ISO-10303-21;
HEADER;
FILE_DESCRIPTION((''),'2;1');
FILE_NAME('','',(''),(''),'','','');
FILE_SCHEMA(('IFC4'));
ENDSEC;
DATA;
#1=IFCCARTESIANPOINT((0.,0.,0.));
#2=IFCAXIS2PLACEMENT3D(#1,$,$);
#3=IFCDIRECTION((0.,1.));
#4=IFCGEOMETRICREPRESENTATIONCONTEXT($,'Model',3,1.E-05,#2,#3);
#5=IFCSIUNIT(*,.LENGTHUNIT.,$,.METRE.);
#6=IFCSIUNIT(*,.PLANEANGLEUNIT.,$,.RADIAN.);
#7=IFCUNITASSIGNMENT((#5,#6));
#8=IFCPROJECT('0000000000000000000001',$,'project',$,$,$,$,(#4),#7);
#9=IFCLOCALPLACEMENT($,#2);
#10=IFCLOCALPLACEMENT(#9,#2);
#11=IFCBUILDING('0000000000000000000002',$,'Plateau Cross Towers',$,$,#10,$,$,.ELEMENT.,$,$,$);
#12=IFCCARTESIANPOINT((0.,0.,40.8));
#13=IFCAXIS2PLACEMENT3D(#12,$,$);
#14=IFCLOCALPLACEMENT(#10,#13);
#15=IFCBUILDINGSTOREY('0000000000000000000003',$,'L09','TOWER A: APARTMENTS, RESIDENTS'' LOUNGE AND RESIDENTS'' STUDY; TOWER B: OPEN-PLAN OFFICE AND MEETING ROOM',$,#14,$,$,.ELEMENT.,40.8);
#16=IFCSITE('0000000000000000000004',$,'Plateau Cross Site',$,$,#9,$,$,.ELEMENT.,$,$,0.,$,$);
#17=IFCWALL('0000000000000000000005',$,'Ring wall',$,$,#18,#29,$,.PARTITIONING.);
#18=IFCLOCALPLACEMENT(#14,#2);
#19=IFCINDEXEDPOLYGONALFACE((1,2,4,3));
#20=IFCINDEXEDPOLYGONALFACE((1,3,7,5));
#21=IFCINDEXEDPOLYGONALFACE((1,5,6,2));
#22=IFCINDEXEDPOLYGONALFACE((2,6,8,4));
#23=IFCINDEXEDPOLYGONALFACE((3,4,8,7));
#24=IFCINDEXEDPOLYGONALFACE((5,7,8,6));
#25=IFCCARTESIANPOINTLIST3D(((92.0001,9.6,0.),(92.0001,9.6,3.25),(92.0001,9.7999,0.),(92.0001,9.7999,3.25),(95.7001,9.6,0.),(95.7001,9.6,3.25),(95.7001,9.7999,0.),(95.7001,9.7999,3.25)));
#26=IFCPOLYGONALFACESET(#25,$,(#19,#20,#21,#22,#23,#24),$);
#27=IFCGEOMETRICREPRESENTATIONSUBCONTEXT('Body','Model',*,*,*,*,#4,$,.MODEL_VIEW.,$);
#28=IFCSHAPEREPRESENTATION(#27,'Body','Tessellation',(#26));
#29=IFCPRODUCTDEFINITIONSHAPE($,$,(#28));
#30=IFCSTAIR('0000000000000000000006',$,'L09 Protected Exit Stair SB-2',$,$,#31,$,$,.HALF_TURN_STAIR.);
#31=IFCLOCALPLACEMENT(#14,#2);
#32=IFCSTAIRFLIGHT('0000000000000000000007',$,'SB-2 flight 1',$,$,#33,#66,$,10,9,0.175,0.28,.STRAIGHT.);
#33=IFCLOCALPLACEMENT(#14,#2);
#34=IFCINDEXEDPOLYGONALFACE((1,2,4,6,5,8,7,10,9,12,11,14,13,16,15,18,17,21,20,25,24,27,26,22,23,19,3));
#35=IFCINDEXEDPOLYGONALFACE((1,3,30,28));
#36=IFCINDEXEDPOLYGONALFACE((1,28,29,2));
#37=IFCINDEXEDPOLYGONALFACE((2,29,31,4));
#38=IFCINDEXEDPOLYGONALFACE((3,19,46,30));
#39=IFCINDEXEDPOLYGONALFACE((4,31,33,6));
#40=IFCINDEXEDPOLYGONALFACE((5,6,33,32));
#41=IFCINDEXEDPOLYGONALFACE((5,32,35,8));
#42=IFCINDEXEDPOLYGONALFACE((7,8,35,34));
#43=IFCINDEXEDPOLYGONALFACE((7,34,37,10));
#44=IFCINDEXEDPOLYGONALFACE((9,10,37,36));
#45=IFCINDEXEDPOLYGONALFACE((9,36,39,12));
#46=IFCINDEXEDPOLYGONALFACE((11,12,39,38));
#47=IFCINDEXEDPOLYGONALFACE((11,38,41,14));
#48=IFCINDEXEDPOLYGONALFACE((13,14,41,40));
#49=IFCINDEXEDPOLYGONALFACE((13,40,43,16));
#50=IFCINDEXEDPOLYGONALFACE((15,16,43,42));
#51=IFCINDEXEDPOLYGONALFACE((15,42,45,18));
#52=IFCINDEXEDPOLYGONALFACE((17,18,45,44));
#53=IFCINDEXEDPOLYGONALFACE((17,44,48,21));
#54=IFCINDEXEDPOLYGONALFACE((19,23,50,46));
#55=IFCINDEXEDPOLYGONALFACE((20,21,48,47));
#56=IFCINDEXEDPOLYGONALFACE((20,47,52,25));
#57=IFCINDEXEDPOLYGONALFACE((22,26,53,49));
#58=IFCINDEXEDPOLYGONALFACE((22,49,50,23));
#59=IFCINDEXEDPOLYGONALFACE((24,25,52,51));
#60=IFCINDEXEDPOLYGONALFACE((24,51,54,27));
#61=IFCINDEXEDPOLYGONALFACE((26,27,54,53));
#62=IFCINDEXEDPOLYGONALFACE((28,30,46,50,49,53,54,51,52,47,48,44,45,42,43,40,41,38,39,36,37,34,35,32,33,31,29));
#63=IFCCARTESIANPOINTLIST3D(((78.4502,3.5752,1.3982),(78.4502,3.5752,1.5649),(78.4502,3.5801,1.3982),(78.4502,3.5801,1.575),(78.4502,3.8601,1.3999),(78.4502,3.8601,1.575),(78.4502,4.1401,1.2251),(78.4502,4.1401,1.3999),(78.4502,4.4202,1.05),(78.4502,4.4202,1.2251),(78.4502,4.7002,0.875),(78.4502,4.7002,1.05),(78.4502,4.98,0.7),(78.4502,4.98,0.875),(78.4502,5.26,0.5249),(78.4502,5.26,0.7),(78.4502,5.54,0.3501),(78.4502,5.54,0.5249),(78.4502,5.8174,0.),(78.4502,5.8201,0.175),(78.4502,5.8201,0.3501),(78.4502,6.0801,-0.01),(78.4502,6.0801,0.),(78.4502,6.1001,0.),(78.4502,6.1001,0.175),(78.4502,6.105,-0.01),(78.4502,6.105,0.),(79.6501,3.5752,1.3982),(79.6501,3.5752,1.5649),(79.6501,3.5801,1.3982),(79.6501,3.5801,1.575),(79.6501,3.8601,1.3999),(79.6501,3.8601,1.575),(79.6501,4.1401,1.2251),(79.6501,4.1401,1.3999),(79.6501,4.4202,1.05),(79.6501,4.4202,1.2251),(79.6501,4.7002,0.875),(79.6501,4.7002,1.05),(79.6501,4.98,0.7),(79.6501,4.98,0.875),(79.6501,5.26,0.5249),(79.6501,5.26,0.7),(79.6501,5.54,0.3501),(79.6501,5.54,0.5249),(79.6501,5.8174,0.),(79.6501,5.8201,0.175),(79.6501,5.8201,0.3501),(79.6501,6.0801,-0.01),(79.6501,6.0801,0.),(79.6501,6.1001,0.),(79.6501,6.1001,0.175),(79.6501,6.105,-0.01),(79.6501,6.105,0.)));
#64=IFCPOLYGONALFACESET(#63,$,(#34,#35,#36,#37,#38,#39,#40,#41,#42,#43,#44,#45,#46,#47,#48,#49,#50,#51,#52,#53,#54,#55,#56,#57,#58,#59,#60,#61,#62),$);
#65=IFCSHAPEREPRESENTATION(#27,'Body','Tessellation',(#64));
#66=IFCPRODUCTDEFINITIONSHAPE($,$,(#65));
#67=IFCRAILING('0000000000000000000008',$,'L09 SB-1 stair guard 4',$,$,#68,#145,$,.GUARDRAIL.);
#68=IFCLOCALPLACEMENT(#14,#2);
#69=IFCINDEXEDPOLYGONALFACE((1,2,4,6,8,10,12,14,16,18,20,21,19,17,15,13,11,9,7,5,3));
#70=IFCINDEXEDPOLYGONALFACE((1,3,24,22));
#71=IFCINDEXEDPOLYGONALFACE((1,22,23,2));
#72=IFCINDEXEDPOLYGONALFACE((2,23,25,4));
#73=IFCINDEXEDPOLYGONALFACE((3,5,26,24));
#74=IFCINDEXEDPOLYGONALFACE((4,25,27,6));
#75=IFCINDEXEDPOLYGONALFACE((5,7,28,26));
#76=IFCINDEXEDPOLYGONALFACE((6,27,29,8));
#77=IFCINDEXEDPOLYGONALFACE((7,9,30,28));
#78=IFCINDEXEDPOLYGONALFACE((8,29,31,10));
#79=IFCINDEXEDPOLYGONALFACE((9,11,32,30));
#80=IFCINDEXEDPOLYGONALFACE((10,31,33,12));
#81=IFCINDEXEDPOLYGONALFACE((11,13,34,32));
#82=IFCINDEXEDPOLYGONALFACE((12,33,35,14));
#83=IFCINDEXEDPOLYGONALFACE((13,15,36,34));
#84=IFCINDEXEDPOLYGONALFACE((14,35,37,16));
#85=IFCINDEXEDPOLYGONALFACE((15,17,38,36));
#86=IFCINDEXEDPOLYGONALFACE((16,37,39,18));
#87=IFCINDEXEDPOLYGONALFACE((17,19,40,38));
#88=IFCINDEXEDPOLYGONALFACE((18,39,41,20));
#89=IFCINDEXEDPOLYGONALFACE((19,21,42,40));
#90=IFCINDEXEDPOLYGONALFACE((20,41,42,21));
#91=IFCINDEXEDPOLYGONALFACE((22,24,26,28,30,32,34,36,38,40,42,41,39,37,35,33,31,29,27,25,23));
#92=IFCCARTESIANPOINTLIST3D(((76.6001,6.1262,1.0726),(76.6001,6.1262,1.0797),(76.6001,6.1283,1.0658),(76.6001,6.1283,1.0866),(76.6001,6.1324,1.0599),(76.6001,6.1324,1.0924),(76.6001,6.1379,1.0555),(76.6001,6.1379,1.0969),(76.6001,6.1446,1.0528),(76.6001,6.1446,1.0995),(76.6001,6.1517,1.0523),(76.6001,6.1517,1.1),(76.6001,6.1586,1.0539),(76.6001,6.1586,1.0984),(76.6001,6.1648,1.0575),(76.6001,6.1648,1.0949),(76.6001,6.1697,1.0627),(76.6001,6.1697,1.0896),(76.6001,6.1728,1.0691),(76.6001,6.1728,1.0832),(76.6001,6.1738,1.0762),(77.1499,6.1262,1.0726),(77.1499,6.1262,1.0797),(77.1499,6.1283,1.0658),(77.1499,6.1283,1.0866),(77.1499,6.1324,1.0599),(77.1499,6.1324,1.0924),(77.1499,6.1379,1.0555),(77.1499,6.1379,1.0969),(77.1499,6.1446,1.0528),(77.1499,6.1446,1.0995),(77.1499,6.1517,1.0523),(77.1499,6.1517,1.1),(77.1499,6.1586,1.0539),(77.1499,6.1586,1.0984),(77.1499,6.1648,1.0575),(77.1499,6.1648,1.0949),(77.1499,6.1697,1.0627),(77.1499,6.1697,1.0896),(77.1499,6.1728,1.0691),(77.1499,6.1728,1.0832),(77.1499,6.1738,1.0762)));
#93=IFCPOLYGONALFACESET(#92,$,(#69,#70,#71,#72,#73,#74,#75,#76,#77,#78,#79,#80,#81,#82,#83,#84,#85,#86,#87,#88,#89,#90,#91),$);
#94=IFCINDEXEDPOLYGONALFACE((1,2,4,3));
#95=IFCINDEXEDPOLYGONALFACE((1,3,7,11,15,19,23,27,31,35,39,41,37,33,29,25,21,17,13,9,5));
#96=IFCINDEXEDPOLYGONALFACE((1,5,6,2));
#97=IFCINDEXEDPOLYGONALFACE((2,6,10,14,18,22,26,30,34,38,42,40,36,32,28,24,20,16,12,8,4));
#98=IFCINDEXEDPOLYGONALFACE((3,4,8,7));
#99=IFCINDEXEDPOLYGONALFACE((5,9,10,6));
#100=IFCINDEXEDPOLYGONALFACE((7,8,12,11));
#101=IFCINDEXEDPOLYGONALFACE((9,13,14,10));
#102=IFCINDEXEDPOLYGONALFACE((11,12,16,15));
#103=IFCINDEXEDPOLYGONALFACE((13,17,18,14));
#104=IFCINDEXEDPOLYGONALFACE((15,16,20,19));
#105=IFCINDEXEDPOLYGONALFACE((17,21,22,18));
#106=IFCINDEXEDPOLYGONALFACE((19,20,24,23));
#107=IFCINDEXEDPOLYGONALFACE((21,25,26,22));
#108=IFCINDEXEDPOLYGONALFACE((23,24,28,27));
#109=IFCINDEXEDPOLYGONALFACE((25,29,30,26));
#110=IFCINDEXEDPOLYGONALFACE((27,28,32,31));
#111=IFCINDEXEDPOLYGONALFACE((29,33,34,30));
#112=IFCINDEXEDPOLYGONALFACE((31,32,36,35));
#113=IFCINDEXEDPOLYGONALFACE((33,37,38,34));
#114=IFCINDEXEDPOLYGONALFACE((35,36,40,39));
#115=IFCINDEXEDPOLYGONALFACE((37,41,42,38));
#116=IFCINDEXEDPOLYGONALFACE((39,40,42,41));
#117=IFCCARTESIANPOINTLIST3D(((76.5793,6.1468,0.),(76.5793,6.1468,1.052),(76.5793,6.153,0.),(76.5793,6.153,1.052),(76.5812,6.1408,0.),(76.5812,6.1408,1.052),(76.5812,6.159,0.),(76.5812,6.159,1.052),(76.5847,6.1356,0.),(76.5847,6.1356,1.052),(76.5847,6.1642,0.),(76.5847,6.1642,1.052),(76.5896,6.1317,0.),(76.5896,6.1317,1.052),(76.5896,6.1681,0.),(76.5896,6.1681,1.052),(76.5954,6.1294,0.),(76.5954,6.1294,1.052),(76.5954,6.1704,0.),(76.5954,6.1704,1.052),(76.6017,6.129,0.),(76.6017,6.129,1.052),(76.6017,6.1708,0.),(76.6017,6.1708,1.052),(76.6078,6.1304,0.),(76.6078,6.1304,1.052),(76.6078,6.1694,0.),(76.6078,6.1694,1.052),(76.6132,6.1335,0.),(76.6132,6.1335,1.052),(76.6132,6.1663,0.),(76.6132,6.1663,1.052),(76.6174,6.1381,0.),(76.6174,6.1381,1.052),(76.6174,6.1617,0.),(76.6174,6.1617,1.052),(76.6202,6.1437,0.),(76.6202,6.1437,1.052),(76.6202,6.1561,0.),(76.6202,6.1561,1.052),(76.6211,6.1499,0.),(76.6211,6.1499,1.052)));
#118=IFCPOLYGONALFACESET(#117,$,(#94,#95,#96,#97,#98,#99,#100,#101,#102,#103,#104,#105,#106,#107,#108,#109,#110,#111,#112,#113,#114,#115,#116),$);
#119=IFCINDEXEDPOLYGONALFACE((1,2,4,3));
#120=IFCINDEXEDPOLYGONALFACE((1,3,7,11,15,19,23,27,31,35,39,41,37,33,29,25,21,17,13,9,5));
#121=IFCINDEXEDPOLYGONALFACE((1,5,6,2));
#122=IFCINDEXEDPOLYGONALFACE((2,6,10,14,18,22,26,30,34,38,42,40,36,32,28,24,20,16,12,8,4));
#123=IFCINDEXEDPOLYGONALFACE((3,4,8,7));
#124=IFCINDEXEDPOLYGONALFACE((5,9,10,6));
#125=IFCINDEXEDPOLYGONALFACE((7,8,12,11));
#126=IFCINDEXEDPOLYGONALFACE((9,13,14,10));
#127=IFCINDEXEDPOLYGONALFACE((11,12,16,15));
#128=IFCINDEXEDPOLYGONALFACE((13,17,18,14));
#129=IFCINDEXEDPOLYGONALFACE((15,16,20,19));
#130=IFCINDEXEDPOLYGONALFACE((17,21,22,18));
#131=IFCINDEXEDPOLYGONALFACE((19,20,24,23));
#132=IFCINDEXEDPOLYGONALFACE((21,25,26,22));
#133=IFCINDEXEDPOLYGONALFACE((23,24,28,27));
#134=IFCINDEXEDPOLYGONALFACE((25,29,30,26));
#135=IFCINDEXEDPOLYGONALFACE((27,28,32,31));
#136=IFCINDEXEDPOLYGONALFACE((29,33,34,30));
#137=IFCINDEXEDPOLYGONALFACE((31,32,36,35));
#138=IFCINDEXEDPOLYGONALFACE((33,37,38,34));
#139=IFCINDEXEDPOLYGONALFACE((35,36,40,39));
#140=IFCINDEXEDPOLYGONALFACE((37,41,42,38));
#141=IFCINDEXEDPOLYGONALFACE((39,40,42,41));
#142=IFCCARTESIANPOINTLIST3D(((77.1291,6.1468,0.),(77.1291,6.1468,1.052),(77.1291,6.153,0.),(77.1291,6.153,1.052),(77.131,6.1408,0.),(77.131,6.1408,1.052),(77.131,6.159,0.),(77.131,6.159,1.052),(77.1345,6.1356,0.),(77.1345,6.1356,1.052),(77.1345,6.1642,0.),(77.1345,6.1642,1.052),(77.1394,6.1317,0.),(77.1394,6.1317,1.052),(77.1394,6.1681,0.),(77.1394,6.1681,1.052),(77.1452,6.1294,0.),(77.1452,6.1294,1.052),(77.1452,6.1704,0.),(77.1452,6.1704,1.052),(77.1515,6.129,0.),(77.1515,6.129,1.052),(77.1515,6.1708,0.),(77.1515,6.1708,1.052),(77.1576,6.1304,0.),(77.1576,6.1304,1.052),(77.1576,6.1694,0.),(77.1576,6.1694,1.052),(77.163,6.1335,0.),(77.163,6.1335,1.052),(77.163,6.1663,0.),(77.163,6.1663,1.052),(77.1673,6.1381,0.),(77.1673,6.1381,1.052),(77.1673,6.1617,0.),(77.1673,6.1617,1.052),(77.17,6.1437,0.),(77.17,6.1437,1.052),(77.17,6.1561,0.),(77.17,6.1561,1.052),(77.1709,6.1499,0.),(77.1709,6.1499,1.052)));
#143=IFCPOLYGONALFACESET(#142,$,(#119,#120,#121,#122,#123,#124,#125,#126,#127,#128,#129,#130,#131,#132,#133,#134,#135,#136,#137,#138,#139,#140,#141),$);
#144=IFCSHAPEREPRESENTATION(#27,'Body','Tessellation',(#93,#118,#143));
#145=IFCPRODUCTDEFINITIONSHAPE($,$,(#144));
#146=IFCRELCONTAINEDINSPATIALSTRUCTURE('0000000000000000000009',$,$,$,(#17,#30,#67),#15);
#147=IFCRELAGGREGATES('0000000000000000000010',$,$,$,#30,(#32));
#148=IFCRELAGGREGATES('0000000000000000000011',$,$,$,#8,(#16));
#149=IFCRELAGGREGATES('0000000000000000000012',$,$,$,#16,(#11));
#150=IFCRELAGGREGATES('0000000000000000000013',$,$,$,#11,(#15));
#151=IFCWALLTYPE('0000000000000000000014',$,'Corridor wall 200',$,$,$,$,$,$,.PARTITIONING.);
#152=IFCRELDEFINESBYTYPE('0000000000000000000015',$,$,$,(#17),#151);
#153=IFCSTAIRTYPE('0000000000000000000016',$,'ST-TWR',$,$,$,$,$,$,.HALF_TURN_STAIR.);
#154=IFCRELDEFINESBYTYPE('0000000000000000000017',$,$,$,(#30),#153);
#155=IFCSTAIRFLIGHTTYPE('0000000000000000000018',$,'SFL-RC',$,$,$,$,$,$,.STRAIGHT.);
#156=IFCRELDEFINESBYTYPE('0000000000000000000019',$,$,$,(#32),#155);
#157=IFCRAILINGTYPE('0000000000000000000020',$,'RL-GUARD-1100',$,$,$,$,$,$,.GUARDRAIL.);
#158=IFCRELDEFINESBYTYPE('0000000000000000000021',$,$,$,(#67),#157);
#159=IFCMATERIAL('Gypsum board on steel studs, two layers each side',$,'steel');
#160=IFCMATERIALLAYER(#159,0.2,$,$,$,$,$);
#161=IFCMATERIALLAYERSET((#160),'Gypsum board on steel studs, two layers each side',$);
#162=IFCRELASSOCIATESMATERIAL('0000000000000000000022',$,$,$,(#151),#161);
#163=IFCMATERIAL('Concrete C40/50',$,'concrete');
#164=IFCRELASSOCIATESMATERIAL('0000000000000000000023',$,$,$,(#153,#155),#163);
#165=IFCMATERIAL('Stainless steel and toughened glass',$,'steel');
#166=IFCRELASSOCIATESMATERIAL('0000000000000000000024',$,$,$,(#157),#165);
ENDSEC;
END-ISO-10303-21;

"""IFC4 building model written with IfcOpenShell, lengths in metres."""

from ifc_helpers import new_model, si_unit, direction, frame, frame_2d, origin, origin_2d, place, context, subcontext, project, spatial, polyline, rectangle, circle, outline, extrude, material, layer, layer_set, type_object, element, aggregate, save


model = new_model("IFC4")

# Units and contexts
model_context = context("Model", 3, precision=1e-05, world=origin(), true_north=direction((0.0, 1.0)))
body_context = subcontext(model_context, "Body", "Model", "MODEL_VIEW")
ifc_project = project(units=[si_unit("LENGTHUNIT", "METRE"), si_unit("PLANEANGLEUNIT", "RADIAN")], contexts=[model_context])

# Site, building, storey
site_placement = place(None, origin())
site = spatial("IfcSite", under=ifc_project, at=site_placement, Name="Plateau Cross Site", CompositionType="ELEMENT", RefElevation=0.0)
building_placement = place(site_placement, origin())
building = spatial("IfcBuilding", under=site, at=building_placement, Name="Plateau Cross Towers", CompositionType="ELEMENT")
storey_placement = place(building_placement, frame((0.0, 0.0, 40.8)))
storey = spatial("IfcBuildingStorey", under=building, at=storey_placement, Name="L09", Description="TOWER A: APARTMENTS, RESIDENTS' LOUNGE AND RESIDENTS' STUDY; TOWER B: OPEN-PLAN OFFICE AND MEETING ROOM", CompositionType="ELEMENT", Elevation=40.8)

# Shared definitions
ifc_material_1 = material(Name="Gypsum board on steel studs, two layers each side", Category="steel")
ifc_layer_1 = layer(ifc_material_1, 0.2)
ifc_layer_set_1 = layer_set([ifc_layer_1], Name="Gypsum board on steel studs, two layers each side")
wall_type_1 = type_object("IfcWallType", Name="Corridor wall 200", PredefinedType="PARTITIONING", material=ifc_layer_set_1)

# Wall
wall_1_placement = place(storey_placement, frame((92.0, 9.7, 0.0), z_axis=(0.0, 0.0, 1.0), x_axis=(1.0, 0.0, 0.0)))
element("IfcWall", 1, at=wall_1_placement, inside=storey, type_object=wall_type_1, Name="Ring wall", PredefinedType="PARTITIONING", context=body_context, shape_type="SweptSolid", body=[
    extrude(rectangle(XDim=3.7, YDim=0.2, at=frame_2d((1.8501, 0.0))), origin(), (0.0, 0.0, 1.0), 3.25),
])

# Stair, stair flight
ifc_material_2 = material(Name="Concrete C40/50", Category="concrete")
stair_type = type_object("IfcStairType", Name="ST-TWR", PredefinedType="HALF_TURN_STAIR", material=ifc_material_2)
stair_placement = place(storey_placement, origin())
stair = element("IfcStair", 2, at=stair_placement, inside=storey, type_object=stair_type, Name="L09 Protected Exit Stair SB-2", PredefinedType="HALF_TURN_STAIR")
stair_flight_type = type_object("IfcStairFlightType", Name="SFL-RC", PredefinedType="STRAIGHT", material=ifc_material_2)
stair_flight_placement = place(storey_placement, frame((79.05, 6.1001, 0.0), z_axis=(0.0, 0.0, 1.0), x_axis=(0.0, -1.0, 0.0)))
stair_flight = element("IfcStairFlight", 3, at=stair_flight_placement, type_object=stair_flight_type, Name="SB-2 flight 1", NumberOfRisers=10, NumberOfTreads=9, PredefinedType="STRAIGHT", RiserHeight=0.175, TreadLength=0.28, context=body_context, shape_type="SweptSolid", body=[
    extrude(outline(polyline([(-0.0049, -0.01), (-0.0049, 0.0), (0.0, 0.0), (0.0, 0.175), (0.28, 0.175), (0.28, 0.3501), (0.5601, 0.3501), (0.5601, 0.5249), (0.8401, 0.5249), (0.8401, 0.7), (1.1201, 0.7), (1.1201, 0.875), (1.3999, 0.875), (1.3999, 1.05), (1.6799, 1.05), (1.6799, 1.2251), (1.96, 1.2251), (1.96, 1.3999), (2.24, 1.3999), (2.24, 1.575), (2.52, 1.575), (2.5249, 1.5649), (2.5249, 1.3982), (2.52, 1.3982), (0.2827, 0.0), (0.02, 0.0), (0.02, -0.01), (-0.0049, -0.01)])), frame((0.0, 0.6001, 0.0), z_axis=(0.0, -1.0, 0.0), x_axis=(1.0, 0.0, 0.0)), (0.0, 0.0, 1.0), 1.2),
])
aggregate(stair, [stair_flight])

# Railing
ifc_material_3 = material(Name="Stainless steel and toughened glass", Category="steel")
railing_type = type_object("IfcRailingType", Name="RL-GUARD-1100", PredefinedType="GUARDRAIL", material=ifc_material_3)
railing_1_placement = place(storey_placement, frame((76.6001, 6.1499, 0.0)))
element("IfcRailing", 4, at=railing_1_placement, inside=storey, type_object=railing_type, Name="L09 SB-1 stair guard 4", PredefinedType="GUARDRAIL", context=body_context, shape_type="SweptSolid", body=[
    extrude(circle(Radius=0.0239, at=origin_2d()), frame((0.0, 0.0, 1.0762), z_axis=(1.0, 0.0, 0.0), x_axis=(0.0, 1.0, 0.0)), (0.0, 0.0, 1.0), 0.5498),
    extrude(circle(Radius=0.021, at=origin_2d()), origin(), (0.0, 0.0, 1.0), 1.052),
    extrude(circle(Radius=0.021, at=origin_2d()), frame((0.5498, 0.0, 0.0)), (0.0, 0.0, 1.0), 1.052),
])

save(model, "model.ifc")
